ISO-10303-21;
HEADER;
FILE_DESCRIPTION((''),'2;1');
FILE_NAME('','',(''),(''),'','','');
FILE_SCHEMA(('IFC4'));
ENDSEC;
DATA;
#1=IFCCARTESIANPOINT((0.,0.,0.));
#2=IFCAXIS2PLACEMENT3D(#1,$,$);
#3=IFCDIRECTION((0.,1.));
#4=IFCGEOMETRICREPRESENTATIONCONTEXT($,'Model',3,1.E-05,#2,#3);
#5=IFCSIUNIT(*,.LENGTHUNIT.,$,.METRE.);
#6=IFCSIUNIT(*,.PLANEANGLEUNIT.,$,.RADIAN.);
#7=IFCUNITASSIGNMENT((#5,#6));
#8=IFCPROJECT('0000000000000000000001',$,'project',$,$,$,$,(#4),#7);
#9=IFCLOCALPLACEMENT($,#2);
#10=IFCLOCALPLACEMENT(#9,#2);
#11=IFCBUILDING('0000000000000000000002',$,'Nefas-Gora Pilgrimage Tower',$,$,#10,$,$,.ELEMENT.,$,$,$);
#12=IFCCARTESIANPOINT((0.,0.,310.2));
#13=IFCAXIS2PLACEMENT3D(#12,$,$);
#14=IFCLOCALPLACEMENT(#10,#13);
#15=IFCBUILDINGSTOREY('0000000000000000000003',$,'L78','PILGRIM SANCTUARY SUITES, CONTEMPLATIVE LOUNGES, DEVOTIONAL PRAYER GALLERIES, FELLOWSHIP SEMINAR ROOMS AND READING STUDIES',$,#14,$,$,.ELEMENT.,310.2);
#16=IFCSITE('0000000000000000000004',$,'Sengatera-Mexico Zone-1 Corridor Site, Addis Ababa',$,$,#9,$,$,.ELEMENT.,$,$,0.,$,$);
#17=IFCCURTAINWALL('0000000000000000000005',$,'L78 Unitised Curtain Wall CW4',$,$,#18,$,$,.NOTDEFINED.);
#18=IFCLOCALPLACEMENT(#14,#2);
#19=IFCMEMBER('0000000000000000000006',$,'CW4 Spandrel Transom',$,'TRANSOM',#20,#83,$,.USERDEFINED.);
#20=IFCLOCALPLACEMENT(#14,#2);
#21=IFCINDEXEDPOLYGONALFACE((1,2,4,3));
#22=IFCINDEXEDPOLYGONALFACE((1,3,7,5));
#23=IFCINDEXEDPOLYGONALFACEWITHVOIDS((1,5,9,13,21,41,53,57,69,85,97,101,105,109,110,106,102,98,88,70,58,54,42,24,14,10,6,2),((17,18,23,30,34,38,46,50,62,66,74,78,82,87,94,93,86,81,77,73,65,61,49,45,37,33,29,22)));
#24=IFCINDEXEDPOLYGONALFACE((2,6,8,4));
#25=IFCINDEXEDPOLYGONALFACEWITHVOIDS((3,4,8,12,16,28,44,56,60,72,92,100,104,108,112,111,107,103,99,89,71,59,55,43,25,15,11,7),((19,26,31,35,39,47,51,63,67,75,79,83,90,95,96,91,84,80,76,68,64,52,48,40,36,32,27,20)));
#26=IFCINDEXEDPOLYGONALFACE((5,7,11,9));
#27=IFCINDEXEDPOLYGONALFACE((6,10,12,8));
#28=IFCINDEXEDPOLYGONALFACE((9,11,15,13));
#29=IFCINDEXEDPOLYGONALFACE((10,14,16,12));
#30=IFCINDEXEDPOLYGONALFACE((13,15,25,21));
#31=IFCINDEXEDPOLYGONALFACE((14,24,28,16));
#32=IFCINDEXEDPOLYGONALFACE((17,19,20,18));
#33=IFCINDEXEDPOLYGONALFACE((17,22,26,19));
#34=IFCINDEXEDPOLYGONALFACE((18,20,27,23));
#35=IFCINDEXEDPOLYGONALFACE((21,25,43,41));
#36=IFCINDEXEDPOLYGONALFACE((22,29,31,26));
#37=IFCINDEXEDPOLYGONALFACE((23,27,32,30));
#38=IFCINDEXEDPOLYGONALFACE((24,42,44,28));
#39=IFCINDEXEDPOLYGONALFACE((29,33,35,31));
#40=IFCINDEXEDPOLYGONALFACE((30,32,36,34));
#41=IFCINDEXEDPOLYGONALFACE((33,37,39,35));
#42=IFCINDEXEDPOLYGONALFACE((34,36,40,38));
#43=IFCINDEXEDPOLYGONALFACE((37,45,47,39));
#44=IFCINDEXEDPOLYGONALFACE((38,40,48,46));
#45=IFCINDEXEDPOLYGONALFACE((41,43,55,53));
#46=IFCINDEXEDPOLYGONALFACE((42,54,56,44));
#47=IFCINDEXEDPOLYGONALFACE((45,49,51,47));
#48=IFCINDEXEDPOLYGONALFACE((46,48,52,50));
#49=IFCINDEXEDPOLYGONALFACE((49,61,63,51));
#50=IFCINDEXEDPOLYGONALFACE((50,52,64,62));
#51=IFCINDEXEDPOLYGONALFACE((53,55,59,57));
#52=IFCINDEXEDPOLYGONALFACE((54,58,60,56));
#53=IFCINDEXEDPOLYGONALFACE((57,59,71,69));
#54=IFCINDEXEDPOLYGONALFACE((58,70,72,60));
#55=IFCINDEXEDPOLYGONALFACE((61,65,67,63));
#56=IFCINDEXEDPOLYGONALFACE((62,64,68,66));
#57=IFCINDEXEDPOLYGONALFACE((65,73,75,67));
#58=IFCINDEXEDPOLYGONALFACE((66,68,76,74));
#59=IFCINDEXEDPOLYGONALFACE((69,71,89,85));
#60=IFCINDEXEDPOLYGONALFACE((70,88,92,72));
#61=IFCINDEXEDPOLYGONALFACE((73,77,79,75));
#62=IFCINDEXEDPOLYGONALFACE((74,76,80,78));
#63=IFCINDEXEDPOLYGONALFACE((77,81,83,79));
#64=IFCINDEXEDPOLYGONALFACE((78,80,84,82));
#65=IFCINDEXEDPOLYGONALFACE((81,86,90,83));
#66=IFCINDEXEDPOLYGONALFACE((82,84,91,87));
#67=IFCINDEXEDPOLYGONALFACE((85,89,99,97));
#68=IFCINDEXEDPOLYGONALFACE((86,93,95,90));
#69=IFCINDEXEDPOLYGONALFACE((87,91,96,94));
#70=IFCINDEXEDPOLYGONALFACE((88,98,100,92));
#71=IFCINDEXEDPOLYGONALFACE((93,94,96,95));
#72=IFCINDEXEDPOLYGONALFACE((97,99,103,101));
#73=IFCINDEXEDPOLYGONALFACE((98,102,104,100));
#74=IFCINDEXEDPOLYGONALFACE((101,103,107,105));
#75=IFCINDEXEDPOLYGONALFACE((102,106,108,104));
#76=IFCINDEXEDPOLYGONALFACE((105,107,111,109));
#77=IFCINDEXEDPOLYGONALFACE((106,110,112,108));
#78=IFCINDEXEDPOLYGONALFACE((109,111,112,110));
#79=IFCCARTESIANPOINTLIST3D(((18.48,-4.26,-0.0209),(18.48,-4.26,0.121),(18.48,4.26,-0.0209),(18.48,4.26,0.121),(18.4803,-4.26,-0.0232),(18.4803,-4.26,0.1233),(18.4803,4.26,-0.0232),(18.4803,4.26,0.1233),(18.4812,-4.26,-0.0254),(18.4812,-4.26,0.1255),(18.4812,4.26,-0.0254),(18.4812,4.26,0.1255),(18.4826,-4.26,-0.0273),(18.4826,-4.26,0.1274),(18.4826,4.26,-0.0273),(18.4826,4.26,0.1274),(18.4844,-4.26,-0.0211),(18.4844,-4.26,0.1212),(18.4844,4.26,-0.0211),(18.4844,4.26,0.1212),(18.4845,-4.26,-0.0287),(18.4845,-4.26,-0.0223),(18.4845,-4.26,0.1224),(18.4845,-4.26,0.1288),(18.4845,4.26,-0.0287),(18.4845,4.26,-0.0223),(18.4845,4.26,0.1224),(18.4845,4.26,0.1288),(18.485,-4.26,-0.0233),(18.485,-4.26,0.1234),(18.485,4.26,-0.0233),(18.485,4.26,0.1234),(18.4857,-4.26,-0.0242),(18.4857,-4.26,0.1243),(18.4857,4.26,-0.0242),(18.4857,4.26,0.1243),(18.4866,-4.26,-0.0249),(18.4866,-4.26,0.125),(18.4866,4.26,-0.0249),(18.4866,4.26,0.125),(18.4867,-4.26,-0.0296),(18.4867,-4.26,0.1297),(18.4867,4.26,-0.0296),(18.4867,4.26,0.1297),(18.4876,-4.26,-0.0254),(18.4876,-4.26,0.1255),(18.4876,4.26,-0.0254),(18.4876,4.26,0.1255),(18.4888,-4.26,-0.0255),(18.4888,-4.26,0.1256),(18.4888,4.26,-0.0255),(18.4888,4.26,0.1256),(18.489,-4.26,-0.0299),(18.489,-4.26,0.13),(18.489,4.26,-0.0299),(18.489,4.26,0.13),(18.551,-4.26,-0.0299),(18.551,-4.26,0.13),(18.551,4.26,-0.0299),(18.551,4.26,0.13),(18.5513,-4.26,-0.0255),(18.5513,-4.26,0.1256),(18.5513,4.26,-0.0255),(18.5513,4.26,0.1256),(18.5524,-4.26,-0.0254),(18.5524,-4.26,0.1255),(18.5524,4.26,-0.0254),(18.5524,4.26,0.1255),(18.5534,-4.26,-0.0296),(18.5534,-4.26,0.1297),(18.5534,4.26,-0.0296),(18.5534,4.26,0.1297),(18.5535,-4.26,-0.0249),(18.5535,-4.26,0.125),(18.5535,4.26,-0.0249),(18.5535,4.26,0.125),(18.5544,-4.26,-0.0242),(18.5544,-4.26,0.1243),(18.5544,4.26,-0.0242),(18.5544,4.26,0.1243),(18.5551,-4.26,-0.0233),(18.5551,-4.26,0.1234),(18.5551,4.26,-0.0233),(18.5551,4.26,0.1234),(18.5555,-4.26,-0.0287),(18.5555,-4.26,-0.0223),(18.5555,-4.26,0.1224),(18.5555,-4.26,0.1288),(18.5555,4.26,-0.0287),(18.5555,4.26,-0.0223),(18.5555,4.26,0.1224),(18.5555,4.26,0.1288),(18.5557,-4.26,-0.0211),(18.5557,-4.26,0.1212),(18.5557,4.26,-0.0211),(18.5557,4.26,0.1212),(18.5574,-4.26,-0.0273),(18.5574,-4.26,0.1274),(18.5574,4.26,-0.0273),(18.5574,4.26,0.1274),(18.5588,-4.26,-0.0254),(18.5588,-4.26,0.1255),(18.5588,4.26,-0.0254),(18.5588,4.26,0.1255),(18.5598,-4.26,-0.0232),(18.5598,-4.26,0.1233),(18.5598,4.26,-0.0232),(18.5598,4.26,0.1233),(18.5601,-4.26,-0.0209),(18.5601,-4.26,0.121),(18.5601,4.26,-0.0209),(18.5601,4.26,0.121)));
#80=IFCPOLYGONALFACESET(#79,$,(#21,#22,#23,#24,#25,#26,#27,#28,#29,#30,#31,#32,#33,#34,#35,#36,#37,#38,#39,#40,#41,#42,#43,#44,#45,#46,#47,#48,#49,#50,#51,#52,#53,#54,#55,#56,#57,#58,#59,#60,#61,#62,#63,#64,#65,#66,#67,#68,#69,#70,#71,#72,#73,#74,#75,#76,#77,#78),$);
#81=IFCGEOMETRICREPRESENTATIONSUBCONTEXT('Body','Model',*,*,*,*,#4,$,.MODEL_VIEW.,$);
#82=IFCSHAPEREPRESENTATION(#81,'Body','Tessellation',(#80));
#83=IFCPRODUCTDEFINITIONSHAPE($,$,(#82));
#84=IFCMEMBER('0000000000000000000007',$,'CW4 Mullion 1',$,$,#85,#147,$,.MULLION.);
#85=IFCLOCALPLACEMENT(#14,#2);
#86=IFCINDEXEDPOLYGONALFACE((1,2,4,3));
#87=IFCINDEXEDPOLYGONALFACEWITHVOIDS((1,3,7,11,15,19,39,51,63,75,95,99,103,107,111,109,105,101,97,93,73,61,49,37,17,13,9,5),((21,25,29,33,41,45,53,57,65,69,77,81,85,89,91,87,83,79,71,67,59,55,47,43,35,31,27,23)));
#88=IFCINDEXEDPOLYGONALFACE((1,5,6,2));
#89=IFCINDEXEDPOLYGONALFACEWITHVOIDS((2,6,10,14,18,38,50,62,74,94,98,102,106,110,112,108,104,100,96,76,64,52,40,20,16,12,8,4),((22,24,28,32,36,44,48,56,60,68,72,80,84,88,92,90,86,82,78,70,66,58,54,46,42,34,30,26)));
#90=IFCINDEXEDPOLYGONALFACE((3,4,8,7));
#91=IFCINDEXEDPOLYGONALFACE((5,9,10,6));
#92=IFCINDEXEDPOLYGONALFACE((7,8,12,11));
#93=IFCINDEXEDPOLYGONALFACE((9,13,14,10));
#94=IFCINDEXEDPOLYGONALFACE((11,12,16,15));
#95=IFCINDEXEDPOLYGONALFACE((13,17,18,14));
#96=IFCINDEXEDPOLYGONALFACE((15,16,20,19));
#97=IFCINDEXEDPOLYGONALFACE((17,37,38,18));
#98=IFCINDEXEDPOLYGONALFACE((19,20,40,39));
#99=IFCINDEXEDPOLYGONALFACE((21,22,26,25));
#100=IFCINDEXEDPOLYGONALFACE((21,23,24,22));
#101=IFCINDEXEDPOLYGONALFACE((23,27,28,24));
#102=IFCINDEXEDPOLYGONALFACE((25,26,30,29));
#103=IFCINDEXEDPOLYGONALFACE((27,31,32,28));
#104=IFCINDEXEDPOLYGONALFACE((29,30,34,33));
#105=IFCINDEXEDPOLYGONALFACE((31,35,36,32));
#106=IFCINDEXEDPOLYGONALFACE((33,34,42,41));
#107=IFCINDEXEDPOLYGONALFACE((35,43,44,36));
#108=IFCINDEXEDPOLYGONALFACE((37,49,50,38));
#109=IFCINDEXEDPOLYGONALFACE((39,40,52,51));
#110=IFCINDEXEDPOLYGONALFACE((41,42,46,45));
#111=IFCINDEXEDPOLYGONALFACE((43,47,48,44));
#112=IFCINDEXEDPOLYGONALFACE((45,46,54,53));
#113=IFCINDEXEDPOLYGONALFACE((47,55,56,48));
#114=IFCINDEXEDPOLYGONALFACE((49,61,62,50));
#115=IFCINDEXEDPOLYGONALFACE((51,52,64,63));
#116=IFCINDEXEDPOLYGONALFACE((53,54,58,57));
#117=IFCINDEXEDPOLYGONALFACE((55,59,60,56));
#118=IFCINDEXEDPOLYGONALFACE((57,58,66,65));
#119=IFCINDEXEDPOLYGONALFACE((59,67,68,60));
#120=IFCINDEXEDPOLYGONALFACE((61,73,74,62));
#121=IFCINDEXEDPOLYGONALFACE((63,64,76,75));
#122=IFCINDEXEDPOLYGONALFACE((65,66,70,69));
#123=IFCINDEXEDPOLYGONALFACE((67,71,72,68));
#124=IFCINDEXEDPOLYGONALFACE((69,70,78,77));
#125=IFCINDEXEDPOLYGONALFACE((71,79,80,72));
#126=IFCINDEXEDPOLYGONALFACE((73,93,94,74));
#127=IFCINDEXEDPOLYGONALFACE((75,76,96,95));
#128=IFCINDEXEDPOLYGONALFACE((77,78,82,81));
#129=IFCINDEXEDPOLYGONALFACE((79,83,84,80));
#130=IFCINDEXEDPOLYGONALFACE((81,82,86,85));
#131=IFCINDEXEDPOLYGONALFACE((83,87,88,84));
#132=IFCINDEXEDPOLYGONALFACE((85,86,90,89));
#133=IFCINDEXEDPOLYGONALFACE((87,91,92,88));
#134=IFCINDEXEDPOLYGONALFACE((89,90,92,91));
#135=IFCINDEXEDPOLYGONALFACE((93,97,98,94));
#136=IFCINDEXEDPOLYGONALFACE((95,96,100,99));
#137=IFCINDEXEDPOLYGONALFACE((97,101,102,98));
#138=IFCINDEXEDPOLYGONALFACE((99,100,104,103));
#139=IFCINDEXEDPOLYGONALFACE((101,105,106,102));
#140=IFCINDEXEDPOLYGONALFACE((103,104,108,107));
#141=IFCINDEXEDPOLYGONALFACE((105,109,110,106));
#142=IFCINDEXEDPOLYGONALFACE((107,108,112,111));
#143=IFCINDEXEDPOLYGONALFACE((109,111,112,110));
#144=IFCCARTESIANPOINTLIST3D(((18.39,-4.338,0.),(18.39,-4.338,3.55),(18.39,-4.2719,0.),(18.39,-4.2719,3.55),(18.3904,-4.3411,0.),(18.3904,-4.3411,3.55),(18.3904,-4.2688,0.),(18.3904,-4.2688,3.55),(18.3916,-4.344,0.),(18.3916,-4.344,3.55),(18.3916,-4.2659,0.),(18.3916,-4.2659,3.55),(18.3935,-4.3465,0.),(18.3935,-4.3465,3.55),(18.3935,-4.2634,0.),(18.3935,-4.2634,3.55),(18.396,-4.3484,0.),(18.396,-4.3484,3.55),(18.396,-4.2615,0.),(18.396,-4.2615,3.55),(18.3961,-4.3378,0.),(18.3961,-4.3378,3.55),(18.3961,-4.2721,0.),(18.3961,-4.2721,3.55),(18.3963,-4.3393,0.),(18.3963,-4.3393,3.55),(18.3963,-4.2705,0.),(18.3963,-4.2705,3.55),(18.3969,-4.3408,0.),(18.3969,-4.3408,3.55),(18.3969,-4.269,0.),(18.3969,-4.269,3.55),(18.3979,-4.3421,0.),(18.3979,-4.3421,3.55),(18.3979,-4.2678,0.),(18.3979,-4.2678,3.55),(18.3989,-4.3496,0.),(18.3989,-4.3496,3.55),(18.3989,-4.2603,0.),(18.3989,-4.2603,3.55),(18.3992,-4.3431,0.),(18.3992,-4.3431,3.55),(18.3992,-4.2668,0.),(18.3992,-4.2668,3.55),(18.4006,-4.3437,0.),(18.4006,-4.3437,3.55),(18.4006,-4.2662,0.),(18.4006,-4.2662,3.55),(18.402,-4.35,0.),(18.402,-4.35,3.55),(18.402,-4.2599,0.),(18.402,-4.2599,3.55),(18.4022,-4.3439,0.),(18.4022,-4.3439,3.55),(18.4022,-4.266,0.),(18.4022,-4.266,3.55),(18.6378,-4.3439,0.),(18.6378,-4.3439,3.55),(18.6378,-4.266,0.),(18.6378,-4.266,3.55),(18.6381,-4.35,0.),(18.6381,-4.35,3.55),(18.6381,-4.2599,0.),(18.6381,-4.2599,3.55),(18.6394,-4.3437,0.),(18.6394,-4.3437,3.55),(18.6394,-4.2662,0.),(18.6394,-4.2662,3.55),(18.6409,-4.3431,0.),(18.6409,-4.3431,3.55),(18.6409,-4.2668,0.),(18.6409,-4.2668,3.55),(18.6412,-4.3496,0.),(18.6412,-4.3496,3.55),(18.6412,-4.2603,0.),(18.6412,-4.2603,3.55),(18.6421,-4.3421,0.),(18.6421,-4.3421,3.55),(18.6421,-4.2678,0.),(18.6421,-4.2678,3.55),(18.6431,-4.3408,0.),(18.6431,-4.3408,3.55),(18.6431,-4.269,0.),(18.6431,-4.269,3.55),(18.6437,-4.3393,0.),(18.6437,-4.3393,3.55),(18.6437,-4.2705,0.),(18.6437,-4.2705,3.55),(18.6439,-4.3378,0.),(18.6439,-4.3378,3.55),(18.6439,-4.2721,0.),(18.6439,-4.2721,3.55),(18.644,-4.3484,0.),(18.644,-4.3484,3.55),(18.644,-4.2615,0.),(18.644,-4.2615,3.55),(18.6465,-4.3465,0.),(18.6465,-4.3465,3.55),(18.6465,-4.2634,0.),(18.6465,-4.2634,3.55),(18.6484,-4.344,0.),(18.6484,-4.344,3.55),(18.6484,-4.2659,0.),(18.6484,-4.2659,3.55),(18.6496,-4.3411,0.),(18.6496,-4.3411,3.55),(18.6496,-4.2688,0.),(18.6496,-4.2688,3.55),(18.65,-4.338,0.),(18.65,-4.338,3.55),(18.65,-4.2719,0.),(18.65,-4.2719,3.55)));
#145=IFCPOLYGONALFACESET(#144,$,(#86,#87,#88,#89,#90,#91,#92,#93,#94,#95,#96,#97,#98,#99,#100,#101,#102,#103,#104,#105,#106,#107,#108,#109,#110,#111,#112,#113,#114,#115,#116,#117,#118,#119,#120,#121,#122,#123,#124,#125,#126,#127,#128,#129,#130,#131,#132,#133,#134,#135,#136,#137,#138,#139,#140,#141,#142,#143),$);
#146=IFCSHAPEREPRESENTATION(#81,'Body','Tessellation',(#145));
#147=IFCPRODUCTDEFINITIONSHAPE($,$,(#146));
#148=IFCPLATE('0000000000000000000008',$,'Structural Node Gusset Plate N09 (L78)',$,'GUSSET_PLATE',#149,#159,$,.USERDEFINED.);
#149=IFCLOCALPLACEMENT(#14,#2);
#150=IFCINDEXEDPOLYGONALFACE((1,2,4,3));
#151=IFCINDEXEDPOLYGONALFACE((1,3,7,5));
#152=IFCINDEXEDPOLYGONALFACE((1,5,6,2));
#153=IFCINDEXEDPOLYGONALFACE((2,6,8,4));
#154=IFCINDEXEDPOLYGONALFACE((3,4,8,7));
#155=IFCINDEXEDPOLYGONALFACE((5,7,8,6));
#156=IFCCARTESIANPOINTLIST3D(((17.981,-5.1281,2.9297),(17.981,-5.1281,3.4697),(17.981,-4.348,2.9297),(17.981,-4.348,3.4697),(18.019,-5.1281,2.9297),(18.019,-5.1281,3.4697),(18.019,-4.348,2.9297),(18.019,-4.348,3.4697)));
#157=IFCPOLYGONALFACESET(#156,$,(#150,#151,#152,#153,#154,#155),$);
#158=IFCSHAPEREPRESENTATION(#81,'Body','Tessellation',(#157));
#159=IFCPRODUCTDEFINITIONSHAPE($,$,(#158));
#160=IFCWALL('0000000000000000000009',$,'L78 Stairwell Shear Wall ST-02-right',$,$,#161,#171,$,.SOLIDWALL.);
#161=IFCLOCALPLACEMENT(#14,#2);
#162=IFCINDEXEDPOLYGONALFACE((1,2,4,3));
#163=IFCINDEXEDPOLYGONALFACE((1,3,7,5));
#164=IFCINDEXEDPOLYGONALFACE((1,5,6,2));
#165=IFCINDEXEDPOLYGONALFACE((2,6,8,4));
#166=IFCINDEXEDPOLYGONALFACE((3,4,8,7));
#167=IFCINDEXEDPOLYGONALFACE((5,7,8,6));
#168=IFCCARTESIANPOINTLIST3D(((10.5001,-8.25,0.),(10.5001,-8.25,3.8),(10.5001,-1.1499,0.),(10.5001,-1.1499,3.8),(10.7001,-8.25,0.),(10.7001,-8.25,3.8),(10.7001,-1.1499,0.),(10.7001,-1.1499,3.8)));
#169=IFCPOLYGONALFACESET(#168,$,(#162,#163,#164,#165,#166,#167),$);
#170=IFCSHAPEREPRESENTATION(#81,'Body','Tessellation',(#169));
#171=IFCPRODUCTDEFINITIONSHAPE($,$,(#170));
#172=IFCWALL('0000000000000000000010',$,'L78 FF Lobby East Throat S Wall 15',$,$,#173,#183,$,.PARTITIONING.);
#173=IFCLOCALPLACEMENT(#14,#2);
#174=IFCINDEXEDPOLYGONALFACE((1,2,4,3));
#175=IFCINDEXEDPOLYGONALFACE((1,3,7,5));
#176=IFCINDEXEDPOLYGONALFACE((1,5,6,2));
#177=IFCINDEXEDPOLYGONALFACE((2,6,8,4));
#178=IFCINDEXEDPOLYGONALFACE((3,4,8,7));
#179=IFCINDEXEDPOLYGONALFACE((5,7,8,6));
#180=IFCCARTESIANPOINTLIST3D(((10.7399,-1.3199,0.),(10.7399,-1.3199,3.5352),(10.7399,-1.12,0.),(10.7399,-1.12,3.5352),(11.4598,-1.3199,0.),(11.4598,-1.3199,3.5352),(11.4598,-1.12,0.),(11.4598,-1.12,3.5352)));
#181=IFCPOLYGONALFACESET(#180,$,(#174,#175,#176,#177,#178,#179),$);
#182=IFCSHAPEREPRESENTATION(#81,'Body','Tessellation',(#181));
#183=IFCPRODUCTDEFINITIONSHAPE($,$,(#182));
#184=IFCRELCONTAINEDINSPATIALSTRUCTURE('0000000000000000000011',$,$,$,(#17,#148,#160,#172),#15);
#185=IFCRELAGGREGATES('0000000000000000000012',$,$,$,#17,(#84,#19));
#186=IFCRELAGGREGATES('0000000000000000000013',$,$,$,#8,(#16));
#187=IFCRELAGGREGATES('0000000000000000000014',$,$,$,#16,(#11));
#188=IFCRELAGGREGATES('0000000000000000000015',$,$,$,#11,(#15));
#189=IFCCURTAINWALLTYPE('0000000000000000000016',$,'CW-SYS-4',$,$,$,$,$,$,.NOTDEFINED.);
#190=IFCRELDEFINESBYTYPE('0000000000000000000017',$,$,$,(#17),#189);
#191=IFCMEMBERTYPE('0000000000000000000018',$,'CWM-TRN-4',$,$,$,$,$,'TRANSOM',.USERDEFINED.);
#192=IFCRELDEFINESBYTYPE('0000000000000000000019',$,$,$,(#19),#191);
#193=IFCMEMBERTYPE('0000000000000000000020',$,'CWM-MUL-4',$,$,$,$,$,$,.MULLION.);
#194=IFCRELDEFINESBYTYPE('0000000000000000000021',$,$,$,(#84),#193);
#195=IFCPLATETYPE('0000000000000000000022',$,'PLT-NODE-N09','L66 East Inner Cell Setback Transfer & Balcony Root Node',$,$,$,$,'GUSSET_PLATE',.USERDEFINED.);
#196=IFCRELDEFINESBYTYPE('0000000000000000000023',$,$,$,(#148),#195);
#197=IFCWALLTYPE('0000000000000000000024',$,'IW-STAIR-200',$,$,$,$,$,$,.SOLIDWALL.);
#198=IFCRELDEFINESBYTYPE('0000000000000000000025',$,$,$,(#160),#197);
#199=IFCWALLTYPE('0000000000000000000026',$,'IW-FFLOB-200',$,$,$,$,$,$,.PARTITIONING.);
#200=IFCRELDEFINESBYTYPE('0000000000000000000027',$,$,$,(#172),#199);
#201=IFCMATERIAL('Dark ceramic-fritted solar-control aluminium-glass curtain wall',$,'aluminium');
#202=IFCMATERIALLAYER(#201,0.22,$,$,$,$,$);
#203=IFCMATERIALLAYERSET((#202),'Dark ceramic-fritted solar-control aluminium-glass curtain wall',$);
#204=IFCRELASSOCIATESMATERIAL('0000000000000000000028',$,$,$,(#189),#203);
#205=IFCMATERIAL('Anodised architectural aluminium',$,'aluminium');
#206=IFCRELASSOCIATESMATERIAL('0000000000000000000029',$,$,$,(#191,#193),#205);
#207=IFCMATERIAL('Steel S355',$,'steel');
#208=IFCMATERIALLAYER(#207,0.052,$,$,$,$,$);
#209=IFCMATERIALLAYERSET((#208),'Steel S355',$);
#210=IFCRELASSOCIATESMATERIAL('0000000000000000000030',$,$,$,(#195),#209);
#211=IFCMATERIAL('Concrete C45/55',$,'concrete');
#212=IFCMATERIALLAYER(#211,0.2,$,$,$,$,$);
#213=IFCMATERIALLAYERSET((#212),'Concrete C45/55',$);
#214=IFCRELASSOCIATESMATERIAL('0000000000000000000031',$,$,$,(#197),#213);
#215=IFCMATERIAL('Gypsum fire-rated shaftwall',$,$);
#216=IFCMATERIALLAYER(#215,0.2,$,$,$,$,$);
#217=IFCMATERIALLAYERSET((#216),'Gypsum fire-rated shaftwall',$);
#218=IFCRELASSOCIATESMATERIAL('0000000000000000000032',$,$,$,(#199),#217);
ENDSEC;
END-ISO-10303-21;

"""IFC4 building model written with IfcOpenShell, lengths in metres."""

from ifc_helpers import new_model, si_unit, direction, frame, frame_2d, origin, origin_2d, place, context, subcontext, project, spatial, rectangle, hollow_rectangle, extrude, source, transform, mapped, material, layer, layer_set, material_profile, profile_set, type_object, element, aggregate, save


model = new_model("IFC4")

# Units and contexts
model_context = context("Model", 3, precision=1e-05, world=origin(), true_north=direction((0.0, 1.0)))
body_context = subcontext(model_context, "Body", "Model", "MODEL_VIEW")
ifc_project = project(units=[si_unit("LENGTHUNIT", "METRE"), si_unit("PLANEANGLEUNIT", "RADIAN")], contexts=[model_context])

# Site, building, storey
site_placement = place(None, origin())
site = spatial("IfcSite", under=ifc_project, at=site_placement, Name="Sengatera-Mexico Zone-1 Corridor Site, Addis Ababa", CompositionType="ELEMENT", RefElevation=0.0)
building_placement = place(site_placement, origin())
building = spatial("IfcBuilding", under=site, at=building_placement, Name="Nefas-Gora Pilgrimage Tower", CompositionType="ELEMENT")
storey_placement = place(building_placement, frame((0.0, 0.0, 310.2)))
storey = spatial("IfcBuildingStorey", under=building, at=storey_placement, Name="L78", Description="PILGRIM SANCTUARY SUITES, CONTEMPLATIVE LOUNGES, DEVOTIONAL PRAYER GALLERIES, FELLOWSHIP SEMINAR ROOMS AND READING STUDIES", CompositionType="ELEMENT", Elevation=310.2)

# Shared definitions
ifc_material_1 = material(Name="Steel S355", Category="steel")

# Curtain wall, members
ifc_material_2 = material(Name="Dark ceramic-fritted solar-control aluminium-glass curtain wall", Category="aluminium")
ifc_layer_1 = layer(ifc_material_2, 0.22)
ifc_layer_set_1 = layer_set([ifc_layer_1], Name="Dark ceramic-fritted solar-control aluminium-glass curtain wall")
curtain_wall_type = type_object("IfcCurtainWallType", Name="CW-SYS-4", PredefinedType="NOTDEFINED", material=ifc_layer_set_1)
curtain_wall_placement = place(storey_placement, origin())
curtain_wall = element("IfcCurtainWall", 1, at=curtain_wall_placement, inside=storey, type_object=curtain_wall_type, Name="L78 Unitised Curtain Wall CW4", PredefinedType="NOTDEFINED")
ifc_material_3 = material(Name="Anodised architectural aluminium", Category="aluminium")
ifc_material_profile_1 = material_profile(ifc_material_3, hollow_rectangle(XDim=0.0801, YDim=0.1599, WallThickness=0.0044, InnerFilletRadius=0.0044, OuterFilletRadius=0.009, at=origin_2d()), Name="ALU TRANSOM 80x160")
ifc_profile_set_1 = profile_set([ifc_material_profile_1], Name="Anodised architectural aluminium")
member_type_1 = type_object("IfcMemberType", Name="CWM-TRN-4", ElementType="TRANSOM", PredefinedType="USERDEFINED", material=ifc_profile_set_1)
shared_shape_1 = source(origin(), body_context, "Body", "SweptSolid", [
    extrude(hollow_rectangle(XDim=0.0801, YDim=0.1599, WallThickness=0.0044, InnerFilletRadius=0.0044, OuterFilletRadius=0.009, at=origin_2d()), origin(), (0.0, 0.0, 1.0), 8.52),
])
member_1_placement = place(storey_placement, frame((18.52, -4.26, 0.05), z_axis=(0.0, 1.0, 0.0), x_axis=(-1.0, 0.0, 0.0)))
member_1 = element("IfcMember", 2, at=member_1_placement, type_object=member_type_1, Name="CW4 Spandrel Transom", ObjectType="TRANSOM", PredefinedType="USERDEFINED", context=body_context, shape_type="MappedRepresentation", body=[
    mapped(shared_shape_1, transform((0.0, 0.0, 0.0), x_axis=(1.0, 0.0, 0.0), y_axis=(0.0, 1.0, 0.0), z_axis=(0.0, 0.0, 1.0), scale=1.0)),
])
ifc_material_profile_2 = material_profile(ifc_material_3, hollow_rectangle(XDim=0.0901, YDim=0.26, WallThickness=0.0061, InnerFilletRadius=0.0061, OuterFilletRadius=0.012, at=origin_2d()), Name="ALU MULLION 90x260")
ifc_profile_set_2 = profile_set([ifc_material_profile_2], Name="Anodised architectural aluminium")
member_type_2 = type_object("IfcMemberType", Name="CWM-MUL-4", PredefinedType="MULLION", material=ifc_profile_set_2)
shared_shape_2 = source(origin(), body_context, "Body", "SweptSolid", [
    extrude(hollow_rectangle(XDim=0.0901, YDim=0.26, WallThickness=0.0061, InnerFilletRadius=0.0061, OuterFilletRadius=0.012, at=origin_2d()), origin(), (0.0, 0.0, 1.0), 3.55),
])
member_2_placement = place(storey_placement, frame((18.52, -4.3049, 0.0), z_axis=(0.0, 0.0, 1.0), x_axis=(0.0, 1.0, 0.0)))
member_2 = element("IfcMember", 3, at=member_2_placement, type_object=member_type_2, Name="CW4 Mullion 1", PredefinedType="MULLION", context=body_context, shape_type="MappedRepresentation", body=[
    mapped(shared_shape_2, transform((0.0, 0.0, 0.0), x_axis=(1.0, 0.0, 0.0), y_axis=(0.0, 1.0, 0.0), z_axis=(0.0, 0.0, 1.0), scale=1.0)),
])
aggregate(curtain_wall, [member_2, member_1])

# Plate
ifc_layer_2 = layer(ifc_material_1, 0.052)
ifc_layer_set_2 = layer_set([ifc_layer_2], Name="Steel S355")
plate_type = type_object("IfcPlateType", Name="PLT-NODE-N09", Description="L66 East Inner Cell Setback Transfer & Balcony Root Node", ElementType="GUSSET_PLATE", PredefinedType="USERDEFINED", material=ifc_layer_set_2)
shared_shape_3 = source(origin(), body_context, "Body", "SweptSolid", [
    extrude(rectangle(XDim=0.78, YDim=0.0381, at=origin_2d()), origin(), (0.0, 0.0, 1.0), 0.54),
])
plate_placement = place(storey_placement, frame((18.0, -4.738, 2.9297), z_axis=(0.0, 0.0, 1.0), x_axis=(0.0, 1.0, 0.0)))
element("IfcPlate", 4, at=plate_placement, inside=storey, type_object=plate_type, Name="Structural Node Gusset Plate N09 (L78)", ObjectType="GUSSET_PLATE", PredefinedType="USERDEFINED", context=body_context, shape_type="MappedRepresentation", body=[
    mapped(shared_shape_3, transform((0.0, 0.0, 0.0), x_axis=(1.0, 0.0, 0.0), y_axis=(0.0, 1.0, 0.0), z_axis=(0.0, 0.0, 1.0), scale=1.0)),
])

# Walls
ifc_material_4 = material(Name="Concrete C45/55", Category="concrete")
ifc_layer_3 = layer(ifc_material_4, 0.2)
ifc_layer_set_3 = layer_set([ifc_layer_3], Name="Concrete C45/55")
wall_type_1 = type_object("IfcWallType", Name="IW-STAIR-200", PredefinedType="SOLIDWALL", material=ifc_layer_set_3)
shared_shape_4 = source(origin(), body_context, "Body", "SweptSolid", [
    extrude(rectangle(XDim=7.1001, YDim=0.2, at=frame_2d((3.55, 0.0))), origin(), (0.0, 0.0, 1.0), 3.8),
])
wall_1_placement = place(storey_placement, frame((10.6001, -1.1499, 0.0), z_axis=(0.0, 0.0, 1.0), x_axis=(0.0, -1.0, 0.0)))
element("IfcWall", 5, at=wall_1_placement, inside=storey, type_object=wall_type_1, Name="L78 Stairwell Shear Wall ST-02-right", PredefinedType="SOLIDWALL", context=body_context, shape_type="MappedRepresentation", body=[
    mapped(shared_shape_4, transform((0.0, 0.0, 0.0), x_axis=(1.0, 0.0, 0.0), y_axis=(0.0, 1.0, 0.0), z_axis=(0.0, 0.0, 1.0), scale=1.0)),
])
ifc_material_5 = material(Name="Gypsum fire-rated shaftwall")
ifc_layer_4 = layer(ifc_material_5, 0.2)
ifc_layer_set_4 = layer_set([ifc_layer_4], Name="Gypsum fire-rated shaftwall")
wall_type_2 = type_object("IfcWallType", Name="IW-FFLOB-200", PredefinedType="PARTITIONING", material=ifc_layer_set_4)
shared_shape_5 = source(origin(), body_context, "Body", "SweptSolid", [
    extrude(rectangle(XDim=0.72, YDim=0.2, at=frame_2d((0.3599, 0.0))), origin(), (0.0, 0.0, 1.0), 3.5352),
])
wall_2_placement = place(storey_placement, frame((10.74, -1.22, 0.0), z_axis=(0.0, 0.0, 1.0), x_axis=(1.0, 0.0, 0.0)))
element("IfcWall", 6, at=wall_2_placement, inside=storey, type_object=wall_type_2, Name="L78 FF Lobby East Throat S Wall 15", PredefinedType="PARTITIONING", context=body_context, shape_type="MappedRepresentation", body=[
    mapped(shared_shape_5, transform((0.0, 0.0, 0.0), x_axis=(1.0, 0.0, 0.0), y_axis=(0.0, 1.0, 0.0), z_axis=(0.0, 0.0, 1.0), scale=1.0)),
])

save(model, "model.ifc")
